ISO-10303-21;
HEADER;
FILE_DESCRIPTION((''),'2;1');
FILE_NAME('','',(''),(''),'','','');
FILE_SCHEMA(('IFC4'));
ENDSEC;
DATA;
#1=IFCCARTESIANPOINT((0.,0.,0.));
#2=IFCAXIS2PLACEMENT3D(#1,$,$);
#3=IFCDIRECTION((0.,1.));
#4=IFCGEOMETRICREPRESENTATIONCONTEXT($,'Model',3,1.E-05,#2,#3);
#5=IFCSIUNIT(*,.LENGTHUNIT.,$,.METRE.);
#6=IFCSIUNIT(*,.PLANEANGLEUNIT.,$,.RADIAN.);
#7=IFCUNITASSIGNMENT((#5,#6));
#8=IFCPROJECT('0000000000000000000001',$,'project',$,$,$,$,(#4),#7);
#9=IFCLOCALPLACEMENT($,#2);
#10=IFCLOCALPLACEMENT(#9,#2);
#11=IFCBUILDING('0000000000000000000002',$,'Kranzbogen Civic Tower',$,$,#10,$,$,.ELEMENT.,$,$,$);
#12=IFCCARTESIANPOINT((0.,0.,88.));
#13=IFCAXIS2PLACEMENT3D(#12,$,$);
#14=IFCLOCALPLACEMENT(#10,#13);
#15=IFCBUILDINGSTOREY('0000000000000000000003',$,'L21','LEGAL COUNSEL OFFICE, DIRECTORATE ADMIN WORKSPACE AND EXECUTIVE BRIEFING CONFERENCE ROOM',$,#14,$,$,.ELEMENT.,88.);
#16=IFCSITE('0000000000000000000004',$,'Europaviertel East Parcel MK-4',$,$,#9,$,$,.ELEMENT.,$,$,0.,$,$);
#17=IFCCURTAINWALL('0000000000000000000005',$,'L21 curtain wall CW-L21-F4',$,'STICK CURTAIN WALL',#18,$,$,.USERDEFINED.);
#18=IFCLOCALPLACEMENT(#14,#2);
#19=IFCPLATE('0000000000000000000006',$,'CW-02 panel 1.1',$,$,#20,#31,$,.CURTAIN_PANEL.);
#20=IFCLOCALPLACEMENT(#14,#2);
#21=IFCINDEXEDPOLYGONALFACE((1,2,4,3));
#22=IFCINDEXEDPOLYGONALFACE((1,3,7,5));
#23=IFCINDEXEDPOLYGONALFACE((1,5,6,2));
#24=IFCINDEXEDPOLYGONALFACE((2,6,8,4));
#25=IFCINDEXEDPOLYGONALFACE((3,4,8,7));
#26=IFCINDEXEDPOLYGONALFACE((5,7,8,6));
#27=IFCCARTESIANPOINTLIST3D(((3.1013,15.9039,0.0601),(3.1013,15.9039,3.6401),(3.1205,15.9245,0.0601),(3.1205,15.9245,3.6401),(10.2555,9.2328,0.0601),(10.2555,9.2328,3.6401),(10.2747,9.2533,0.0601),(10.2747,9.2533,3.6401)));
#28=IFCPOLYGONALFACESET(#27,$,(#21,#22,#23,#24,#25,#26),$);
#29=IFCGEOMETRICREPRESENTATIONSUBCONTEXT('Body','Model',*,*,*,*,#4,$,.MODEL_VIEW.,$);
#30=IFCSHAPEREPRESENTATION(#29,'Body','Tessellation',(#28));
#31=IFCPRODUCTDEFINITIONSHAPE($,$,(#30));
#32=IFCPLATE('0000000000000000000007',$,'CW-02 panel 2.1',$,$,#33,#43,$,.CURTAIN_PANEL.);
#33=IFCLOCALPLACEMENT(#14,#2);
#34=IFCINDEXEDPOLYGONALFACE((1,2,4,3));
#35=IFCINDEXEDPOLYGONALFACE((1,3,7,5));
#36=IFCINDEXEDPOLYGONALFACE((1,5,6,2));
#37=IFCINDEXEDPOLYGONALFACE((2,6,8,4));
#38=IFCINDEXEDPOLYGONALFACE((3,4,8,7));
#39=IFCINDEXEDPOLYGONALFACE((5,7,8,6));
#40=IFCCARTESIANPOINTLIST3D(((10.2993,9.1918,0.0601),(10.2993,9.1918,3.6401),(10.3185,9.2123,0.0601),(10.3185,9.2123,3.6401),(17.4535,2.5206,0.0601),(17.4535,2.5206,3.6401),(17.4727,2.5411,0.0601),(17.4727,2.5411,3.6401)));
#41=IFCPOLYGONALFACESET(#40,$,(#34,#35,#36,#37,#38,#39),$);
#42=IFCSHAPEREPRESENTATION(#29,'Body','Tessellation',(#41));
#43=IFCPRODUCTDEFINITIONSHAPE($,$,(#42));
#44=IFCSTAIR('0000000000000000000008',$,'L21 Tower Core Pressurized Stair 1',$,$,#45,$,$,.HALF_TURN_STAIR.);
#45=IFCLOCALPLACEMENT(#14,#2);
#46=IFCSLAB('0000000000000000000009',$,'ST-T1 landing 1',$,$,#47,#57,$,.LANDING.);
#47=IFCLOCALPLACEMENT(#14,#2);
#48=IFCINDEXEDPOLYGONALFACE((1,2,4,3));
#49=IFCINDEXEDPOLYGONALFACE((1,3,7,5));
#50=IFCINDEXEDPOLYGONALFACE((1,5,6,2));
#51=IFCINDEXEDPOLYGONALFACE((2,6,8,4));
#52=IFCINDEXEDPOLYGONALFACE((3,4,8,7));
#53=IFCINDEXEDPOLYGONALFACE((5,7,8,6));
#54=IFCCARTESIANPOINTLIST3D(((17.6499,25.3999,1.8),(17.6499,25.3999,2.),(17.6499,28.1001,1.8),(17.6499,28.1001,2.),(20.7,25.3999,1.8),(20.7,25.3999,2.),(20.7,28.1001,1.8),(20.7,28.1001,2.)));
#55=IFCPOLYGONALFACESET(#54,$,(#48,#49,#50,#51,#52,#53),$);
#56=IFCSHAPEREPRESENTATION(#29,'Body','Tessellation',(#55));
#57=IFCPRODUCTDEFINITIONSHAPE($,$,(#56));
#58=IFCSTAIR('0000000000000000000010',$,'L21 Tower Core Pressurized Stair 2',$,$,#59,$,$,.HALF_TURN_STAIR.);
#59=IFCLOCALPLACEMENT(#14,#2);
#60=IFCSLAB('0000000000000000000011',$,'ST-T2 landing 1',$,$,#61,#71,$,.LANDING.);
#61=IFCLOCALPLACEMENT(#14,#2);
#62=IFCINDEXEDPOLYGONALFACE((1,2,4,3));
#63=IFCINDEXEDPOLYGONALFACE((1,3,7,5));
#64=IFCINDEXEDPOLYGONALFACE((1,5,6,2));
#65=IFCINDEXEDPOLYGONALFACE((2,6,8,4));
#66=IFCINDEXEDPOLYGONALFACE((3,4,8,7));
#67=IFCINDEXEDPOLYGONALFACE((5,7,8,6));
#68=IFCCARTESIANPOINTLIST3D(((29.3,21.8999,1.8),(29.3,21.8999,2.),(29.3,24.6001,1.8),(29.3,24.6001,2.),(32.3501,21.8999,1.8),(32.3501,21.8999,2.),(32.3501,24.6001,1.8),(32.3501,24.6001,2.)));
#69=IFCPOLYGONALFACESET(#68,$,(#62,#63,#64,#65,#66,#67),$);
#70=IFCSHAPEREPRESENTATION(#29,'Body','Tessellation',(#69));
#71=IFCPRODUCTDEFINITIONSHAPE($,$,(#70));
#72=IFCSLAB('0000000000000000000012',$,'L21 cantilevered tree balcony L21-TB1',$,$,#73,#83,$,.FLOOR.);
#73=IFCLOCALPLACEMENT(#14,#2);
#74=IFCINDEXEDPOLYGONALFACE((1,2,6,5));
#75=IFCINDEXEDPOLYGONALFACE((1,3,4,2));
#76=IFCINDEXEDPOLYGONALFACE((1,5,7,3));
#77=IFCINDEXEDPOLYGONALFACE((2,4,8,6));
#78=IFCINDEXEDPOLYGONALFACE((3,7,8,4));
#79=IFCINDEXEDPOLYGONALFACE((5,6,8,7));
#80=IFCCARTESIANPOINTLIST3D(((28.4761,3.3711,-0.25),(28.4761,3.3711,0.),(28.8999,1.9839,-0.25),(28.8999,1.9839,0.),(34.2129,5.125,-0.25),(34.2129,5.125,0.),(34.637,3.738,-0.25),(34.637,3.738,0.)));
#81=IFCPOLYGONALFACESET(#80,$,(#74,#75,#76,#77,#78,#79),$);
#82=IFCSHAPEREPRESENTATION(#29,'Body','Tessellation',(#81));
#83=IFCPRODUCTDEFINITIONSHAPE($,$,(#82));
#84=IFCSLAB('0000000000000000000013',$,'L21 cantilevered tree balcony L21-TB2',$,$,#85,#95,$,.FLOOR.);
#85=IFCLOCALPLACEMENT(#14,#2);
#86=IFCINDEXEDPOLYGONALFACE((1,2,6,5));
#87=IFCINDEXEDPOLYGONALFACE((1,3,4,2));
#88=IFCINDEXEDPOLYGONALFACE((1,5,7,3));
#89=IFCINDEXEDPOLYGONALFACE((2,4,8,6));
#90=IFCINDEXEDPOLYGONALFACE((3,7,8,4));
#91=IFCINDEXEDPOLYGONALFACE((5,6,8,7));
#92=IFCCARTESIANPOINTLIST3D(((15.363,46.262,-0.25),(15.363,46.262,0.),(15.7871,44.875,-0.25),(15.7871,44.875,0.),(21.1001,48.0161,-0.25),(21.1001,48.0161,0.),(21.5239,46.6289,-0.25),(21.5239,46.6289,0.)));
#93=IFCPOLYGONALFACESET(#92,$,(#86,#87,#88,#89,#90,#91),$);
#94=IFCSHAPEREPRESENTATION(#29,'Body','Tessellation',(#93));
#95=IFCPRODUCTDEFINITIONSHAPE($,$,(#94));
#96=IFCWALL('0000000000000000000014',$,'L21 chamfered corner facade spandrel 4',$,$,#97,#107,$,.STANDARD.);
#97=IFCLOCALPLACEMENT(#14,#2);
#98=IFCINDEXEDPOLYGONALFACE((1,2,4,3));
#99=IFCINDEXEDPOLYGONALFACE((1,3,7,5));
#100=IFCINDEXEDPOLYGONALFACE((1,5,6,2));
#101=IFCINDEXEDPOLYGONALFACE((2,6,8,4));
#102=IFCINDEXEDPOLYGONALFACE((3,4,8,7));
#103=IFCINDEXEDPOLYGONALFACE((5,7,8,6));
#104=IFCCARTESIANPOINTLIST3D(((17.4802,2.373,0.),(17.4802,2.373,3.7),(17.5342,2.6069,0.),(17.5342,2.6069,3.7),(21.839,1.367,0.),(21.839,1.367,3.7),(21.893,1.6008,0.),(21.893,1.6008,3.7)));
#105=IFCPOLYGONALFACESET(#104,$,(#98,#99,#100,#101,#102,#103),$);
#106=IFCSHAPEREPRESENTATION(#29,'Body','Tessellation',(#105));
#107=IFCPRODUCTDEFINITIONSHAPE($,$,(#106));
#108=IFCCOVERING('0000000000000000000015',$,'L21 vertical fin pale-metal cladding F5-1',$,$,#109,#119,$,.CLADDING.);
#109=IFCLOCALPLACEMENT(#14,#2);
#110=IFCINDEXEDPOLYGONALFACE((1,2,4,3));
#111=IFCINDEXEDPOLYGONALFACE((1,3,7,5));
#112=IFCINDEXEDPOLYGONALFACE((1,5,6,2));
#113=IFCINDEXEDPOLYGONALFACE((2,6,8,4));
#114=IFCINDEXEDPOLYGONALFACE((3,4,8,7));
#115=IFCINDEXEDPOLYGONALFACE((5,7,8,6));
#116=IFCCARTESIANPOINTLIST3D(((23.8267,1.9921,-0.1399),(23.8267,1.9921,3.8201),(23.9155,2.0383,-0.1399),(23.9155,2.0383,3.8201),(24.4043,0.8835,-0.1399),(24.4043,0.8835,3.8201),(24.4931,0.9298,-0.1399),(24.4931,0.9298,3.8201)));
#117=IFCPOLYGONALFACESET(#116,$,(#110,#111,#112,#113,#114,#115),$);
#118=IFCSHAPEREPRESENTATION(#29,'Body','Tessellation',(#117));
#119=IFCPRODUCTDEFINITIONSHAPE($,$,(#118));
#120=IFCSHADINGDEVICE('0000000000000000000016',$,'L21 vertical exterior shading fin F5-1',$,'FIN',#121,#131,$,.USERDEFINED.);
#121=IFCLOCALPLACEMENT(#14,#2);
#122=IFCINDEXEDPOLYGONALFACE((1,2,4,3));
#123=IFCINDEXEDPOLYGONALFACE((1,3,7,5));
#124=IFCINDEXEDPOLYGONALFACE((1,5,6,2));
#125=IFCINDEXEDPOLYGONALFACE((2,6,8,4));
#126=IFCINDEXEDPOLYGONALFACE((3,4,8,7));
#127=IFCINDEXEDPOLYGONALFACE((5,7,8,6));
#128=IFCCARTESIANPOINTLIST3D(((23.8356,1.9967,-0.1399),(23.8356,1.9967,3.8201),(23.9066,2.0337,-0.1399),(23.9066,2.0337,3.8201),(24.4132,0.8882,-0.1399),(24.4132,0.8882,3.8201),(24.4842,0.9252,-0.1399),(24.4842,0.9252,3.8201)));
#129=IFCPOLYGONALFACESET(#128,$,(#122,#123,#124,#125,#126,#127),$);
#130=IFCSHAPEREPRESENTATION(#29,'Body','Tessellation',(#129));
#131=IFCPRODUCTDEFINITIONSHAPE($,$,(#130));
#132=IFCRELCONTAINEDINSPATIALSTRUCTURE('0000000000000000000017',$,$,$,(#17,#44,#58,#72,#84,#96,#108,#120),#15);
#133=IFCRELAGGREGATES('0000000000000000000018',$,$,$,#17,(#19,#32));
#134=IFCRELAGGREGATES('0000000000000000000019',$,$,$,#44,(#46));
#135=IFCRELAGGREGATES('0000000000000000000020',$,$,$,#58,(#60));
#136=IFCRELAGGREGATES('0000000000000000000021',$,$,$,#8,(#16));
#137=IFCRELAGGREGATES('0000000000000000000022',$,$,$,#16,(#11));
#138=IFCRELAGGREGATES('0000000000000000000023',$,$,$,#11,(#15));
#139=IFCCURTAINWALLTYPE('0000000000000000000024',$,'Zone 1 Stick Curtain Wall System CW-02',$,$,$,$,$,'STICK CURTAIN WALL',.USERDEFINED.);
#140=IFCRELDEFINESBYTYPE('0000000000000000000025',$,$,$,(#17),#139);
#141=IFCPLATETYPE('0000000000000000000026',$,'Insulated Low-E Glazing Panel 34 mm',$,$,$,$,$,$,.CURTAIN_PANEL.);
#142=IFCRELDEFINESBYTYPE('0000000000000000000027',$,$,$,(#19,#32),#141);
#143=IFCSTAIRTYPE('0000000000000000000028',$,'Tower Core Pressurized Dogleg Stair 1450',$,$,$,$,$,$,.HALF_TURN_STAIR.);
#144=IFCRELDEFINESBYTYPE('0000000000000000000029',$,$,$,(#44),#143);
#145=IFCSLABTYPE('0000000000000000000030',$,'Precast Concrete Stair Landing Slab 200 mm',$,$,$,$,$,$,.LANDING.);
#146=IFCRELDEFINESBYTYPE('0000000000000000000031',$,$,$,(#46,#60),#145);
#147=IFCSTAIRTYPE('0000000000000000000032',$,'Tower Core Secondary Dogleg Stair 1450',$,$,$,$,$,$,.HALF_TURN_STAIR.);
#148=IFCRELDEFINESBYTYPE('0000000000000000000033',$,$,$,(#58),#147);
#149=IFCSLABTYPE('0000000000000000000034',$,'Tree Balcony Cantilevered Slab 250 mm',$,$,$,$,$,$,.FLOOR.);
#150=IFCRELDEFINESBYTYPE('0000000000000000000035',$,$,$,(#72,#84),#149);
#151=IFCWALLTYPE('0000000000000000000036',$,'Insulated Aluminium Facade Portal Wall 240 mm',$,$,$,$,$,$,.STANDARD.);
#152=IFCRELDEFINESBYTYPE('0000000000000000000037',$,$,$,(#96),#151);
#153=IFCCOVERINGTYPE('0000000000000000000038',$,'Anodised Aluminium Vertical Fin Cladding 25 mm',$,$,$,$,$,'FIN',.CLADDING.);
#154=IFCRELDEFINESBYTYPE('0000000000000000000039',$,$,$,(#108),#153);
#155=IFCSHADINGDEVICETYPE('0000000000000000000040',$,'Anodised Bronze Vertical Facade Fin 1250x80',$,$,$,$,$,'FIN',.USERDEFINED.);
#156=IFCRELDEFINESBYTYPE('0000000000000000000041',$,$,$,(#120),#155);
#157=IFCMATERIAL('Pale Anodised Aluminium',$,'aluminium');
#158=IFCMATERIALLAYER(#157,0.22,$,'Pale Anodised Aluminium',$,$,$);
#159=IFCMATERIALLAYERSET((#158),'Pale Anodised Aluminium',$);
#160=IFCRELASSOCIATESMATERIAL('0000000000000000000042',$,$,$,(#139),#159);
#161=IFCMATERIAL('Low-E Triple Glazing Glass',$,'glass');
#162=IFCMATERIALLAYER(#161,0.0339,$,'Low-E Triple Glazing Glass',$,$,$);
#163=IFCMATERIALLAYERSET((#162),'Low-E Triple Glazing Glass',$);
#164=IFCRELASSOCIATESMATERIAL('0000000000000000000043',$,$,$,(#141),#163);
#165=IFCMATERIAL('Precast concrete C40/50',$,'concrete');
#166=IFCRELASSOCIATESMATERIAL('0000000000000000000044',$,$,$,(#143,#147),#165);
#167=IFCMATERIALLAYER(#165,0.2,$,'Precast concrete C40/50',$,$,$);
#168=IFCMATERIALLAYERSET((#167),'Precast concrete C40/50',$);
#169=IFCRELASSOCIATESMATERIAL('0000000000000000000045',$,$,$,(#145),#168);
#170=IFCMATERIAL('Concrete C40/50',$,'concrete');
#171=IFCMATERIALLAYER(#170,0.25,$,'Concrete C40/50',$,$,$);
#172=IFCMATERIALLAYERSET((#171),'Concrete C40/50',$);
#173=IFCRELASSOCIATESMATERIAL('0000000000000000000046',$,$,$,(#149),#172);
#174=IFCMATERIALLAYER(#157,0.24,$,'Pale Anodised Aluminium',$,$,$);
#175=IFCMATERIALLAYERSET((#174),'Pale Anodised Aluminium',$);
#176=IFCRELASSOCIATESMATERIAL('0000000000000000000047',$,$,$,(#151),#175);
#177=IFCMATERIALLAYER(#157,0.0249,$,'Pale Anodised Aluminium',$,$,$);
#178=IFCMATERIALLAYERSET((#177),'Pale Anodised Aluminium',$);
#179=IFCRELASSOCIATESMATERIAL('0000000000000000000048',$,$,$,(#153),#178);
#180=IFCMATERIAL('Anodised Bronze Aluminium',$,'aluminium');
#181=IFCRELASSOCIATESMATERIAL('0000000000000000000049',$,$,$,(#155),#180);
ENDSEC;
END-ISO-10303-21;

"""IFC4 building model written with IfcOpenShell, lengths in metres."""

from ifc_helpers import new_model, si_unit, direction, frame, frame_2d, origin, origin_2d, place, context, subcontext, project, spatial, polyline, rectangle, outline, extrude, material, layer, layer_set, type_object, element, aggregate, save


model = new_model("IFC4")

# Units and contexts
model_context = context("Model", 3, precision=1e-05, world=origin(), true_north=direction((0.0, 1.0)))
body_context = subcontext(model_context, "Body", "Model", "MODEL_VIEW")
ifc_project = project(units=[si_unit("LENGTHUNIT", "METRE"), si_unit("PLANEANGLEUNIT", "RADIAN")], contexts=[model_context])

# Site, building, storey
site_placement = place(None, origin())
site = spatial("IfcSite", under=ifc_project, at=site_placement, Name="Europaviertel East Parcel MK-4", CompositionType="ELEMENT", RefElevation=0.0)
building_placement = place(site_placement, origin())
building = spatial("IfcBuilding", under=site, at=building_placement, Name="Kranzbogen Civic Tower", CompositionType="ELEMENT")
storey_placement = place(building_placement, frame((0.0, 0.0, 88.0)))
storey = spatial("IfcBuildingStorey", under=building, at=storey_placement, Name="L21", Description="LEGAL COUNSEL OFFICE, DIRECTORATE ADMIN WORKSPACE AND EXECUTIVE BRIEFING CONFERENCE ROOM", CompositionType="ELEMENT", Elevation=88.0)

# Curtain wall
ifc_material_1 = material(Name="Pale Anodised Aluminium", Category="aluminium")
ifc_layer_1 = layer(ifc_material_1, 0.22, Name="Pale Anodised Aluminium")
ifc_layer_set_1 = layer_set([ifc_layer_1], Name="Pale Anodised Aluminium")
curtain_wall_type = type_object("IfcCurtainWallType", Name="Zone 1 Stick Curtain Wall System CW-02", ElementType="STICK CURTAIN WALL", PredefinedType="USERDEFINED", material=ifc_layer_set_1)
curtain_wall_1_placement = place(storey_placement, origin())
curtain_wall_1 = element("IfcCurtainWall", 1, at=curtain_wall_1_placement, inside=storey, type_object=curtain_wall_type, Name="L21 curtain wall CW-L21-F4", ObjectType="STICK CURTAIN WALL", PredefinedType="USERDEFINED")

# Shared definitions
ifc_material_2 = material(Name="Concrete C40/50", Category="concrete")

# Plates
ifc_material_3 = material(Name="Low-E Triple Glazing Glass", Category="glass")
ifc_layer_2 = layer(ifc_material_3, 0.0339, Name="Low-E Triple Glazing Glass")
ifc_layer_set_2 = layer_set([ifc_layer_2], Name="Low-E Triple Glazing Glass")
plate_type = type_object("IfcPlateType", Name="Insulated Low-E Glazing Panel 34 mm", PredefinedType="CURTAIN_PANEL", material=ifc_layer_set_2)
plate_1_placement = place(storey_placement, frame((6.688, 12.5786, 0.0601), z_axis=(0.0, 0.0, 1.0), x_axis=(0.731367, -0.681984, 0.0)))
plate_1 = element("IfcPlate", 2, at=plate_1_placement, type_object=plate_type, Name="CW-02 panel 1.1", PredefinedType="CURTAIN_PANEL", context=body_context, shape_type="SweptSolid", body=[
    extrude(rectangle(XDim=9.782, YDim=0.0281, at=origin_2d()), origin(), (0.0, 0.0, 1.0), 3.5801),
])
plate_2_placement = place(storey_placement, frame((13.886, 5.8665, 0.0601), z_axis=(0.0, 0.0, 1.0), x_axis=(0.731367, -0.681984, 0.0)))
plate_2 = element("IfcPlate", 3, at=plate_2_placement, type_object=plate_type, Name="CW-02 panel 2.1", PredefinedType="CURTAIN_PANEL", context=body_context, shape_type="SweptSolid", body=[
    extrude(rectangle(XDim=9.782, YDim=0.0281, at=origin_2d()), origin(), (0.0, 0.0, 1.0), 3.5801),
])
aggregate(curtain_wall_1, [plate_1, plate_2])

# Stairs, slabs
ifc_material_4 = material(Name="Precast concrete C40/50", Category="concrete")
stair_type_1 = type_object("IfcStairType", Name="Tower Core Pressurized Dogleg Stair 1450", PredefinedType="HALF_TURN_STAIR", material=ifc_material_4)
stair_1_placement = place(storey_placement, origin())
stair_1 = element("IfcStair", 4, at=stair_1_placement, inside=storey, type_object=stair_type_1, Name="L21 Tower Core Pressurized Stair 1", PredefinedType="HALF_TURN_STAIR")
ifc_layer_3 = layer(ifc_material_4, 0.2, Name="Precast concrete C40/50")
ifc_layer_set_3 = layer_set([ifc_layer_3], Name="Precast concrete C40/50")
slab_type_1 = type_object("IfcSlabType", Name="Precast Concrete Stair Landing Slab 200 mm", PredefinedType="LANDING", material=ifc_layer_set_3)
slab_1_placement = place(storey_placement, frame((0.0, 0.0, 1.8)))
slab_1 = element("IfcSlab", 5, at=slab_1_placement, type_object=slab_type_1, Name="ST-T1 landing 1", PredefinedType="LANDING", context=body_context, shape_type="SweptSolid", body=[
    extrude(outline(polyline([(20.7, 25.3999), (20.7, 28.1001), (17.6499, 28.1001), (17.6499, 25.3999), (20.7, 25.3999)])), origin(), (0.0, 0.0, 1.0), 0.2),
])
aggregate(stair_1, [slab_1])
stair_type_2 = type_object("IfcStairType", Name="Tower Core Secondary Dogleg Stair 1450", PredefinedType="HALF_TURN_STAIR", material=ifc_material_4)
stair_2_placement = place(storey_placement, origin())
stair_2 = element("IfcStair", 6, at=stair_2_placement, inside=storey, type_object=stair_type_2, Name="L21 Tower Core Pressurized Stair 2", PredefinedType="HALF_TURN_STAIR")
slab_2_placement = place(storey_placement, frame((0.0, 0.0, 1.8)))
slab_2 = element("IfcSlab", 7, at=slab_2_placement, type_object=slab_type_1, Name="ST-T2 landing 1", PredefinedType="LANDING", context=body_context, shape_type="SweptSolid", body=[
    extrude(outline(polyline([(29.3, 24.6001), (29.3, 21.8999), (32.3501, 21.8999), (32.3501, 24.6001), (29.3, 24.6001)])), origin(), (0.0, 0.0, 1.0), 0.2),
])
aggregate(stair_2, [slab_2])

# Slabs
ifc_layer_4 = layer(ifc_material_2, 0.25, Name="Concrete C40/50")
ifc_layer_set_4 = layer_set([ifc_layer_4], Name="Concrete C40/50")
slab_type_2 = type_object("IfcSlabType", Name="Tree Balcony Cantilevered Slab 250 mm", PredefinedType="FLOOR", material=ifc_layer_set_4)
slab_3_placement = place(storey_placement, frame((0.0, 0.0, -0.25)))
element("IfcSlab", 8, at=slab_3_placement, inside=storey, type_object=slab_type_2, Name="L21 cantilevered tree balcony L21-TB1", PredefinedType="FLOOR", context=body_context, shape_type="SweptSolid", body=[
    extrude(outline(polyline([(28.4761, 3.3711), (34.2129, 5.125), (34.637, 3.738), (28.8999, 1.9839), (28.4761, 3.3711)])), origin(), (0.0, 0.0, 1.0), 0.25),
])
slab_4_placement = place(storey_placement, frame((0.0, 0.0, -0.25)))
element("IfcSlab", 9, at=slab_4_placement, inside=storey, type_object=slab_type_2, Name="L21 cantilevered tree balcony L21-TB2", PredefinedType="FLOOR", context=body_context, shape_type="SweptSolid", body=[
    extrude(outline(polyline([(21.5239, 46.6289), (15.7871, 44.875), (15.363, 46.262), (21.1001, 48.0161), (21.5239, 46.6289)])), origin(), (0.0, 0.0, 1.0), 0.25),
])

# Wall
ifc_layer_5 = layer(ifc_material_1, 0.24, Name="Pale Anodised Aluminium")
ifc_layer_set_5 = layer_set([ifc_layer_5], Name="Pale Anodised Aluminium")
wall_type = type_object("IfcWallType", Name="Insulated Aluminium Facade Portal Wall 240 mm", PredefinedType="STANDARD", material=ifc_layer_set_5)
wall_placement = place(storey_placement, frame((17.5071, 2.49, 0.0), z_axis=(0.0, 0.0, 1.0), x_axis=(0.974381, -0.224903, 0.0)))
element("IfcWall", 10, at=wall_placement, inside=storey, type_object=wall_type, Name="L21 chamfered corner facade spandrel 4", PredefinedType="STANDARD", context=body_context, shape_type="SweptSolid", body=[
    extrude(rectangle(XDim=4.4734, YDim=0.24, at=frame_2d((2.2368, 0.0))), origin(), (0.0, 0.0, 1.0), 3.7),
])

# Covering
ifc_layer_6 = layer(ifc_material_1, 0.0249, Name="Pale Anodised Aluminium")
ifc_layer_set_6 = layer_set([ifc_layer_6], Name="Pale Anodised Aluminium")
covering_type_1 = type_object("IfcCoveringType", Name="Anodised Aluminium Vertical Fin Cladding 25 mm", ElementType="FIN", PredefinedType="CLADDING", material=ifc_layer_set_6)
covering_1_placement = place(storey_placement, frame((24.1599, 1.4609, -0.1399), z_axis=(0.0, 0.0, 1.0), x_axis=(0.462074, -0.886842, 0.0)))
element("IfcCovering", 11, at=covering_1_placement, inside=storey, type_object=covering_type_1, Name="L21 vertical fin pale-metal cladding F5-1", PredefinedType="CLADDING", context=body_context, shape_type="SweptSolid", body=[
    extrude(rectangle(XDim=1.25, YDim=0.1001, at=origin_2d()), origin(), (0.0, 0.0, 1.0), 3.96),
])

# Shading device
ifc_material_5 = material(Name="Anodised Bronze Aluminium", Category="aluminium")
shading_device_type = type_object("IfcShadingDeviceType", Name="Anodised Bronze Vertical Facade Fin 1250x80", ElementType="FIN", PredefinedType="USERDEFINED", material=ifc_material_5)
shading_device_placement = place(storey_placement, frame((24.1599, 1.4609, -0.1399), z_axis=(0.0, 0.0, 1.0), x_axis=(0.462074, -0.886842, 0.0)))
element("IfcShadingDevice", 12, at=shading_device_placement, inside=storey, type_object=shading_device_type, Name="L21 vertical exterior shading fin F5-1", ObjectType="FIN", PredefinedType="USERDEFINED", context=body_context, shape_type="SweptSolid", body=[
    extrude(rectangle(XDim=1.25, YDim=0.0801, at=origin_2d()), origin(), (0.0, 0.0, 1.0), 3.96),
])

save(model, "model.ifc")
